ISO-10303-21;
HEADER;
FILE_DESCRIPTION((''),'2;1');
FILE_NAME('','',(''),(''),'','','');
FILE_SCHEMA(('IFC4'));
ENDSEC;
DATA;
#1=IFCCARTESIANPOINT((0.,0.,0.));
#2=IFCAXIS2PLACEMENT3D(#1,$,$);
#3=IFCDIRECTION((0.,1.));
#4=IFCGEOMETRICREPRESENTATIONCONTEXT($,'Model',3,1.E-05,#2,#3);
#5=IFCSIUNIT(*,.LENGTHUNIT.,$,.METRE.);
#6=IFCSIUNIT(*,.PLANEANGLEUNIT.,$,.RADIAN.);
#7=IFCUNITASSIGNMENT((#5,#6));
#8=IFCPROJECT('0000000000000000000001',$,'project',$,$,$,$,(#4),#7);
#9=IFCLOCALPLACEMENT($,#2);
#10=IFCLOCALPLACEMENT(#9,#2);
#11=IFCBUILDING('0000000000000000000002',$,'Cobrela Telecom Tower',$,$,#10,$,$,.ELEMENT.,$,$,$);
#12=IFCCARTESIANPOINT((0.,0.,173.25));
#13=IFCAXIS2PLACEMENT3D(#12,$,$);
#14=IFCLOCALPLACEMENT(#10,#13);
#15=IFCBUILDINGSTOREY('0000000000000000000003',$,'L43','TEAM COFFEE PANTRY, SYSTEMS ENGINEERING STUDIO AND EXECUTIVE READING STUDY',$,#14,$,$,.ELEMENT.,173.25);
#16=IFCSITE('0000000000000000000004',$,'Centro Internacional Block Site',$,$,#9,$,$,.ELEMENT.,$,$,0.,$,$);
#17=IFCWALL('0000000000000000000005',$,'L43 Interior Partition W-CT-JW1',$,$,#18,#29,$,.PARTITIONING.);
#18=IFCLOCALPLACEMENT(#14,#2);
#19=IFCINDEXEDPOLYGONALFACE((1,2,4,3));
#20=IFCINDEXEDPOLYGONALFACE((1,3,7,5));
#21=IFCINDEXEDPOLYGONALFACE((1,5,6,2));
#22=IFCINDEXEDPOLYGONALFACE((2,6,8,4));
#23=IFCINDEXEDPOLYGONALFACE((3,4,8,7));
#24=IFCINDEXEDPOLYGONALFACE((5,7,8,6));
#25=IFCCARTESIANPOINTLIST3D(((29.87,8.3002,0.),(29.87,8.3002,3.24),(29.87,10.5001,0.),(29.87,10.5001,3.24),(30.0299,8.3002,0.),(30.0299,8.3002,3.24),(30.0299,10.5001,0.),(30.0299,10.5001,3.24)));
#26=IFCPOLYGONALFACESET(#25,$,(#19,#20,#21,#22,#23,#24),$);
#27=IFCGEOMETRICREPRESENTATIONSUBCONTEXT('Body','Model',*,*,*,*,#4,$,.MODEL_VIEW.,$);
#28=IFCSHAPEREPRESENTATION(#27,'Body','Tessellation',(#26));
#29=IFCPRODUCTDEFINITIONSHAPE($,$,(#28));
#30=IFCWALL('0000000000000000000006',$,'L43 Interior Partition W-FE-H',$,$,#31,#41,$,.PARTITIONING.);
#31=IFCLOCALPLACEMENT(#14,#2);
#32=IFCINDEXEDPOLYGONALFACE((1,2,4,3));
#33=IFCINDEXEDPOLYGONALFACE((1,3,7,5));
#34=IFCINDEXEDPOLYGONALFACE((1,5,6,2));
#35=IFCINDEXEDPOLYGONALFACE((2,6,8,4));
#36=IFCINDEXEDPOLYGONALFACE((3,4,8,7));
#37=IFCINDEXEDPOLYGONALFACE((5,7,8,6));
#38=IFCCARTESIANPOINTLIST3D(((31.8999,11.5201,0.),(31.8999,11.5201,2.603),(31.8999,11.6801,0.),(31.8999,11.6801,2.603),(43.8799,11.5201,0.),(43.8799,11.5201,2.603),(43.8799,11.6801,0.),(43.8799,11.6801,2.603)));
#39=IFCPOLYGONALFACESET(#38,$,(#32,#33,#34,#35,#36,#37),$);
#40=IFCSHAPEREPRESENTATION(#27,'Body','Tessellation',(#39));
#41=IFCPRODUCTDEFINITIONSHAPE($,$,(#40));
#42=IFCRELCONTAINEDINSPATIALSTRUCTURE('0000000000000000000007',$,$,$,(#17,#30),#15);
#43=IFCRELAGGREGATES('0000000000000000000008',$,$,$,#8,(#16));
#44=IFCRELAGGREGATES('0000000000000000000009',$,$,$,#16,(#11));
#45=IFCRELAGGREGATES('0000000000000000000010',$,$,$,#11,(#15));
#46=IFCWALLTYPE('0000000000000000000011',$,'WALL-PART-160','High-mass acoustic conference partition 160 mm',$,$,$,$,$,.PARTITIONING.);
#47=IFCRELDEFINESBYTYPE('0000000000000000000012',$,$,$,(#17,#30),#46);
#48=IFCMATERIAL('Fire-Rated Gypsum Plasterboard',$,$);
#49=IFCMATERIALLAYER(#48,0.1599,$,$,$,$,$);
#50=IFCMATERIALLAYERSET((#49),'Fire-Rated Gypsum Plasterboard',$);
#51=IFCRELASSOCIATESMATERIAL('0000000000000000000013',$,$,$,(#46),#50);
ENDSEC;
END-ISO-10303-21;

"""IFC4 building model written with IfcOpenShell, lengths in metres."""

from ifc_helpers import new_model, si_unit, direction, frame, frame_2d, origin, place, context, subcontext, project, spatial, rectangle, extrude, material, layer, layer_set, type_object, element, save


model = new_model("IFC4")

# Units and contexts
model_context = context("Model", 3, precision=1e-05, world=origin(), true_north=direction((0.0, 1.0)))
body_context = subcontext(model_context, "Body", "Model", "MODEL_VIEW")
ifc_project = project(units=[si_unit("LENGTHUNIT", "METRE"), si_unit("PLANEANGLEUNIT", "RADIAN")], contexts=[model_context])

# Site, building, storey
site_placement = place(None, origin())
site = spatial("IfcSite", under=ifc_project, at=site_placement, Name="Centro Internacional Block Site", CompositionType="ELEMENT", RefElevation=0.0)
building_placement = place(site_placement, origin())
building = spatial("IfcBuilding", under=site, at=building_placement, Name="Cobrela Telecom Tower", CompositionType="ELEMENT")
storey_placement = place(building_placement, frame((0.0, 0.0, 173.25)))
storey = spatial("IfcBuildingStorey", under=building, at=storey_placement, Name="L43", Description="TEAM COFFEE PANTRY, SYSTEMS ENGINEERING STUDIO AND EXECUTIVE READING STUDY", CompositionType="ELEMENT", Elevation=173.25)

# Shared definitions
ifc_material_1 = material(Name="Fire-Rated Gypsum Plasterboard")

# Walls
ifc_layer_1 = layer(ifc_material_1, 0.1599)
ifc_layer_set_1 = layer_set([ifc_layer_1], Name="Fire-Rated Gypsum Plasterboard")
wall_type_1 = type_object("IfcWallType", Name="WALL-PART-160", Description="High-mass acoustic conference partition 160 mm", PredefinedType="PARTITIONING", material=ifc_layer_set_1)
wall_1_placement = place(storey_placement, frame((29.95, 8.3, 0.0), z_axis=(0.0, 0.0, 1.0), x_axis=(0.0, 1.0, 0.0)))
element("IfcWall", 1, at=wall_1_placement, inside=storey, type_object=wall_type_1, Name="L43 Interior Partition W-CT-JW1", PredefinedType="PARTITIONING", context=body_context, shape_type="SweptSolid", body=[
    extrude(rectangle(XDim=2.2, YDim=0.1599, at=frame_2d((1.1001, 0.0))), origin(), (0.0, 0.0, 1.0), 3.24),
])
wall_2_placement = place(storey_placement, frame((31.8999, 11.6001, 0.0), z_axis=(0.0, 0.0, 1.0), x_axis=(1.0, 0.0, 0.0)))
element("IfcWall", 2, at=wall_2_placement, inside=storey, type_object=wall_type_1, Name="L43 Interior Partition W-FE-H", PredefinedType="PARTITIONING", context=body_context, shape_type="SweptSolid", body=[
    extrude(rectangle(XDim=11.98, YDim=0.1599, at=frame_2d((5.99, 0.0))), origin(), (0.0, 0.0, 1.0), 2.603),
])

save(model, "model.ifc")
